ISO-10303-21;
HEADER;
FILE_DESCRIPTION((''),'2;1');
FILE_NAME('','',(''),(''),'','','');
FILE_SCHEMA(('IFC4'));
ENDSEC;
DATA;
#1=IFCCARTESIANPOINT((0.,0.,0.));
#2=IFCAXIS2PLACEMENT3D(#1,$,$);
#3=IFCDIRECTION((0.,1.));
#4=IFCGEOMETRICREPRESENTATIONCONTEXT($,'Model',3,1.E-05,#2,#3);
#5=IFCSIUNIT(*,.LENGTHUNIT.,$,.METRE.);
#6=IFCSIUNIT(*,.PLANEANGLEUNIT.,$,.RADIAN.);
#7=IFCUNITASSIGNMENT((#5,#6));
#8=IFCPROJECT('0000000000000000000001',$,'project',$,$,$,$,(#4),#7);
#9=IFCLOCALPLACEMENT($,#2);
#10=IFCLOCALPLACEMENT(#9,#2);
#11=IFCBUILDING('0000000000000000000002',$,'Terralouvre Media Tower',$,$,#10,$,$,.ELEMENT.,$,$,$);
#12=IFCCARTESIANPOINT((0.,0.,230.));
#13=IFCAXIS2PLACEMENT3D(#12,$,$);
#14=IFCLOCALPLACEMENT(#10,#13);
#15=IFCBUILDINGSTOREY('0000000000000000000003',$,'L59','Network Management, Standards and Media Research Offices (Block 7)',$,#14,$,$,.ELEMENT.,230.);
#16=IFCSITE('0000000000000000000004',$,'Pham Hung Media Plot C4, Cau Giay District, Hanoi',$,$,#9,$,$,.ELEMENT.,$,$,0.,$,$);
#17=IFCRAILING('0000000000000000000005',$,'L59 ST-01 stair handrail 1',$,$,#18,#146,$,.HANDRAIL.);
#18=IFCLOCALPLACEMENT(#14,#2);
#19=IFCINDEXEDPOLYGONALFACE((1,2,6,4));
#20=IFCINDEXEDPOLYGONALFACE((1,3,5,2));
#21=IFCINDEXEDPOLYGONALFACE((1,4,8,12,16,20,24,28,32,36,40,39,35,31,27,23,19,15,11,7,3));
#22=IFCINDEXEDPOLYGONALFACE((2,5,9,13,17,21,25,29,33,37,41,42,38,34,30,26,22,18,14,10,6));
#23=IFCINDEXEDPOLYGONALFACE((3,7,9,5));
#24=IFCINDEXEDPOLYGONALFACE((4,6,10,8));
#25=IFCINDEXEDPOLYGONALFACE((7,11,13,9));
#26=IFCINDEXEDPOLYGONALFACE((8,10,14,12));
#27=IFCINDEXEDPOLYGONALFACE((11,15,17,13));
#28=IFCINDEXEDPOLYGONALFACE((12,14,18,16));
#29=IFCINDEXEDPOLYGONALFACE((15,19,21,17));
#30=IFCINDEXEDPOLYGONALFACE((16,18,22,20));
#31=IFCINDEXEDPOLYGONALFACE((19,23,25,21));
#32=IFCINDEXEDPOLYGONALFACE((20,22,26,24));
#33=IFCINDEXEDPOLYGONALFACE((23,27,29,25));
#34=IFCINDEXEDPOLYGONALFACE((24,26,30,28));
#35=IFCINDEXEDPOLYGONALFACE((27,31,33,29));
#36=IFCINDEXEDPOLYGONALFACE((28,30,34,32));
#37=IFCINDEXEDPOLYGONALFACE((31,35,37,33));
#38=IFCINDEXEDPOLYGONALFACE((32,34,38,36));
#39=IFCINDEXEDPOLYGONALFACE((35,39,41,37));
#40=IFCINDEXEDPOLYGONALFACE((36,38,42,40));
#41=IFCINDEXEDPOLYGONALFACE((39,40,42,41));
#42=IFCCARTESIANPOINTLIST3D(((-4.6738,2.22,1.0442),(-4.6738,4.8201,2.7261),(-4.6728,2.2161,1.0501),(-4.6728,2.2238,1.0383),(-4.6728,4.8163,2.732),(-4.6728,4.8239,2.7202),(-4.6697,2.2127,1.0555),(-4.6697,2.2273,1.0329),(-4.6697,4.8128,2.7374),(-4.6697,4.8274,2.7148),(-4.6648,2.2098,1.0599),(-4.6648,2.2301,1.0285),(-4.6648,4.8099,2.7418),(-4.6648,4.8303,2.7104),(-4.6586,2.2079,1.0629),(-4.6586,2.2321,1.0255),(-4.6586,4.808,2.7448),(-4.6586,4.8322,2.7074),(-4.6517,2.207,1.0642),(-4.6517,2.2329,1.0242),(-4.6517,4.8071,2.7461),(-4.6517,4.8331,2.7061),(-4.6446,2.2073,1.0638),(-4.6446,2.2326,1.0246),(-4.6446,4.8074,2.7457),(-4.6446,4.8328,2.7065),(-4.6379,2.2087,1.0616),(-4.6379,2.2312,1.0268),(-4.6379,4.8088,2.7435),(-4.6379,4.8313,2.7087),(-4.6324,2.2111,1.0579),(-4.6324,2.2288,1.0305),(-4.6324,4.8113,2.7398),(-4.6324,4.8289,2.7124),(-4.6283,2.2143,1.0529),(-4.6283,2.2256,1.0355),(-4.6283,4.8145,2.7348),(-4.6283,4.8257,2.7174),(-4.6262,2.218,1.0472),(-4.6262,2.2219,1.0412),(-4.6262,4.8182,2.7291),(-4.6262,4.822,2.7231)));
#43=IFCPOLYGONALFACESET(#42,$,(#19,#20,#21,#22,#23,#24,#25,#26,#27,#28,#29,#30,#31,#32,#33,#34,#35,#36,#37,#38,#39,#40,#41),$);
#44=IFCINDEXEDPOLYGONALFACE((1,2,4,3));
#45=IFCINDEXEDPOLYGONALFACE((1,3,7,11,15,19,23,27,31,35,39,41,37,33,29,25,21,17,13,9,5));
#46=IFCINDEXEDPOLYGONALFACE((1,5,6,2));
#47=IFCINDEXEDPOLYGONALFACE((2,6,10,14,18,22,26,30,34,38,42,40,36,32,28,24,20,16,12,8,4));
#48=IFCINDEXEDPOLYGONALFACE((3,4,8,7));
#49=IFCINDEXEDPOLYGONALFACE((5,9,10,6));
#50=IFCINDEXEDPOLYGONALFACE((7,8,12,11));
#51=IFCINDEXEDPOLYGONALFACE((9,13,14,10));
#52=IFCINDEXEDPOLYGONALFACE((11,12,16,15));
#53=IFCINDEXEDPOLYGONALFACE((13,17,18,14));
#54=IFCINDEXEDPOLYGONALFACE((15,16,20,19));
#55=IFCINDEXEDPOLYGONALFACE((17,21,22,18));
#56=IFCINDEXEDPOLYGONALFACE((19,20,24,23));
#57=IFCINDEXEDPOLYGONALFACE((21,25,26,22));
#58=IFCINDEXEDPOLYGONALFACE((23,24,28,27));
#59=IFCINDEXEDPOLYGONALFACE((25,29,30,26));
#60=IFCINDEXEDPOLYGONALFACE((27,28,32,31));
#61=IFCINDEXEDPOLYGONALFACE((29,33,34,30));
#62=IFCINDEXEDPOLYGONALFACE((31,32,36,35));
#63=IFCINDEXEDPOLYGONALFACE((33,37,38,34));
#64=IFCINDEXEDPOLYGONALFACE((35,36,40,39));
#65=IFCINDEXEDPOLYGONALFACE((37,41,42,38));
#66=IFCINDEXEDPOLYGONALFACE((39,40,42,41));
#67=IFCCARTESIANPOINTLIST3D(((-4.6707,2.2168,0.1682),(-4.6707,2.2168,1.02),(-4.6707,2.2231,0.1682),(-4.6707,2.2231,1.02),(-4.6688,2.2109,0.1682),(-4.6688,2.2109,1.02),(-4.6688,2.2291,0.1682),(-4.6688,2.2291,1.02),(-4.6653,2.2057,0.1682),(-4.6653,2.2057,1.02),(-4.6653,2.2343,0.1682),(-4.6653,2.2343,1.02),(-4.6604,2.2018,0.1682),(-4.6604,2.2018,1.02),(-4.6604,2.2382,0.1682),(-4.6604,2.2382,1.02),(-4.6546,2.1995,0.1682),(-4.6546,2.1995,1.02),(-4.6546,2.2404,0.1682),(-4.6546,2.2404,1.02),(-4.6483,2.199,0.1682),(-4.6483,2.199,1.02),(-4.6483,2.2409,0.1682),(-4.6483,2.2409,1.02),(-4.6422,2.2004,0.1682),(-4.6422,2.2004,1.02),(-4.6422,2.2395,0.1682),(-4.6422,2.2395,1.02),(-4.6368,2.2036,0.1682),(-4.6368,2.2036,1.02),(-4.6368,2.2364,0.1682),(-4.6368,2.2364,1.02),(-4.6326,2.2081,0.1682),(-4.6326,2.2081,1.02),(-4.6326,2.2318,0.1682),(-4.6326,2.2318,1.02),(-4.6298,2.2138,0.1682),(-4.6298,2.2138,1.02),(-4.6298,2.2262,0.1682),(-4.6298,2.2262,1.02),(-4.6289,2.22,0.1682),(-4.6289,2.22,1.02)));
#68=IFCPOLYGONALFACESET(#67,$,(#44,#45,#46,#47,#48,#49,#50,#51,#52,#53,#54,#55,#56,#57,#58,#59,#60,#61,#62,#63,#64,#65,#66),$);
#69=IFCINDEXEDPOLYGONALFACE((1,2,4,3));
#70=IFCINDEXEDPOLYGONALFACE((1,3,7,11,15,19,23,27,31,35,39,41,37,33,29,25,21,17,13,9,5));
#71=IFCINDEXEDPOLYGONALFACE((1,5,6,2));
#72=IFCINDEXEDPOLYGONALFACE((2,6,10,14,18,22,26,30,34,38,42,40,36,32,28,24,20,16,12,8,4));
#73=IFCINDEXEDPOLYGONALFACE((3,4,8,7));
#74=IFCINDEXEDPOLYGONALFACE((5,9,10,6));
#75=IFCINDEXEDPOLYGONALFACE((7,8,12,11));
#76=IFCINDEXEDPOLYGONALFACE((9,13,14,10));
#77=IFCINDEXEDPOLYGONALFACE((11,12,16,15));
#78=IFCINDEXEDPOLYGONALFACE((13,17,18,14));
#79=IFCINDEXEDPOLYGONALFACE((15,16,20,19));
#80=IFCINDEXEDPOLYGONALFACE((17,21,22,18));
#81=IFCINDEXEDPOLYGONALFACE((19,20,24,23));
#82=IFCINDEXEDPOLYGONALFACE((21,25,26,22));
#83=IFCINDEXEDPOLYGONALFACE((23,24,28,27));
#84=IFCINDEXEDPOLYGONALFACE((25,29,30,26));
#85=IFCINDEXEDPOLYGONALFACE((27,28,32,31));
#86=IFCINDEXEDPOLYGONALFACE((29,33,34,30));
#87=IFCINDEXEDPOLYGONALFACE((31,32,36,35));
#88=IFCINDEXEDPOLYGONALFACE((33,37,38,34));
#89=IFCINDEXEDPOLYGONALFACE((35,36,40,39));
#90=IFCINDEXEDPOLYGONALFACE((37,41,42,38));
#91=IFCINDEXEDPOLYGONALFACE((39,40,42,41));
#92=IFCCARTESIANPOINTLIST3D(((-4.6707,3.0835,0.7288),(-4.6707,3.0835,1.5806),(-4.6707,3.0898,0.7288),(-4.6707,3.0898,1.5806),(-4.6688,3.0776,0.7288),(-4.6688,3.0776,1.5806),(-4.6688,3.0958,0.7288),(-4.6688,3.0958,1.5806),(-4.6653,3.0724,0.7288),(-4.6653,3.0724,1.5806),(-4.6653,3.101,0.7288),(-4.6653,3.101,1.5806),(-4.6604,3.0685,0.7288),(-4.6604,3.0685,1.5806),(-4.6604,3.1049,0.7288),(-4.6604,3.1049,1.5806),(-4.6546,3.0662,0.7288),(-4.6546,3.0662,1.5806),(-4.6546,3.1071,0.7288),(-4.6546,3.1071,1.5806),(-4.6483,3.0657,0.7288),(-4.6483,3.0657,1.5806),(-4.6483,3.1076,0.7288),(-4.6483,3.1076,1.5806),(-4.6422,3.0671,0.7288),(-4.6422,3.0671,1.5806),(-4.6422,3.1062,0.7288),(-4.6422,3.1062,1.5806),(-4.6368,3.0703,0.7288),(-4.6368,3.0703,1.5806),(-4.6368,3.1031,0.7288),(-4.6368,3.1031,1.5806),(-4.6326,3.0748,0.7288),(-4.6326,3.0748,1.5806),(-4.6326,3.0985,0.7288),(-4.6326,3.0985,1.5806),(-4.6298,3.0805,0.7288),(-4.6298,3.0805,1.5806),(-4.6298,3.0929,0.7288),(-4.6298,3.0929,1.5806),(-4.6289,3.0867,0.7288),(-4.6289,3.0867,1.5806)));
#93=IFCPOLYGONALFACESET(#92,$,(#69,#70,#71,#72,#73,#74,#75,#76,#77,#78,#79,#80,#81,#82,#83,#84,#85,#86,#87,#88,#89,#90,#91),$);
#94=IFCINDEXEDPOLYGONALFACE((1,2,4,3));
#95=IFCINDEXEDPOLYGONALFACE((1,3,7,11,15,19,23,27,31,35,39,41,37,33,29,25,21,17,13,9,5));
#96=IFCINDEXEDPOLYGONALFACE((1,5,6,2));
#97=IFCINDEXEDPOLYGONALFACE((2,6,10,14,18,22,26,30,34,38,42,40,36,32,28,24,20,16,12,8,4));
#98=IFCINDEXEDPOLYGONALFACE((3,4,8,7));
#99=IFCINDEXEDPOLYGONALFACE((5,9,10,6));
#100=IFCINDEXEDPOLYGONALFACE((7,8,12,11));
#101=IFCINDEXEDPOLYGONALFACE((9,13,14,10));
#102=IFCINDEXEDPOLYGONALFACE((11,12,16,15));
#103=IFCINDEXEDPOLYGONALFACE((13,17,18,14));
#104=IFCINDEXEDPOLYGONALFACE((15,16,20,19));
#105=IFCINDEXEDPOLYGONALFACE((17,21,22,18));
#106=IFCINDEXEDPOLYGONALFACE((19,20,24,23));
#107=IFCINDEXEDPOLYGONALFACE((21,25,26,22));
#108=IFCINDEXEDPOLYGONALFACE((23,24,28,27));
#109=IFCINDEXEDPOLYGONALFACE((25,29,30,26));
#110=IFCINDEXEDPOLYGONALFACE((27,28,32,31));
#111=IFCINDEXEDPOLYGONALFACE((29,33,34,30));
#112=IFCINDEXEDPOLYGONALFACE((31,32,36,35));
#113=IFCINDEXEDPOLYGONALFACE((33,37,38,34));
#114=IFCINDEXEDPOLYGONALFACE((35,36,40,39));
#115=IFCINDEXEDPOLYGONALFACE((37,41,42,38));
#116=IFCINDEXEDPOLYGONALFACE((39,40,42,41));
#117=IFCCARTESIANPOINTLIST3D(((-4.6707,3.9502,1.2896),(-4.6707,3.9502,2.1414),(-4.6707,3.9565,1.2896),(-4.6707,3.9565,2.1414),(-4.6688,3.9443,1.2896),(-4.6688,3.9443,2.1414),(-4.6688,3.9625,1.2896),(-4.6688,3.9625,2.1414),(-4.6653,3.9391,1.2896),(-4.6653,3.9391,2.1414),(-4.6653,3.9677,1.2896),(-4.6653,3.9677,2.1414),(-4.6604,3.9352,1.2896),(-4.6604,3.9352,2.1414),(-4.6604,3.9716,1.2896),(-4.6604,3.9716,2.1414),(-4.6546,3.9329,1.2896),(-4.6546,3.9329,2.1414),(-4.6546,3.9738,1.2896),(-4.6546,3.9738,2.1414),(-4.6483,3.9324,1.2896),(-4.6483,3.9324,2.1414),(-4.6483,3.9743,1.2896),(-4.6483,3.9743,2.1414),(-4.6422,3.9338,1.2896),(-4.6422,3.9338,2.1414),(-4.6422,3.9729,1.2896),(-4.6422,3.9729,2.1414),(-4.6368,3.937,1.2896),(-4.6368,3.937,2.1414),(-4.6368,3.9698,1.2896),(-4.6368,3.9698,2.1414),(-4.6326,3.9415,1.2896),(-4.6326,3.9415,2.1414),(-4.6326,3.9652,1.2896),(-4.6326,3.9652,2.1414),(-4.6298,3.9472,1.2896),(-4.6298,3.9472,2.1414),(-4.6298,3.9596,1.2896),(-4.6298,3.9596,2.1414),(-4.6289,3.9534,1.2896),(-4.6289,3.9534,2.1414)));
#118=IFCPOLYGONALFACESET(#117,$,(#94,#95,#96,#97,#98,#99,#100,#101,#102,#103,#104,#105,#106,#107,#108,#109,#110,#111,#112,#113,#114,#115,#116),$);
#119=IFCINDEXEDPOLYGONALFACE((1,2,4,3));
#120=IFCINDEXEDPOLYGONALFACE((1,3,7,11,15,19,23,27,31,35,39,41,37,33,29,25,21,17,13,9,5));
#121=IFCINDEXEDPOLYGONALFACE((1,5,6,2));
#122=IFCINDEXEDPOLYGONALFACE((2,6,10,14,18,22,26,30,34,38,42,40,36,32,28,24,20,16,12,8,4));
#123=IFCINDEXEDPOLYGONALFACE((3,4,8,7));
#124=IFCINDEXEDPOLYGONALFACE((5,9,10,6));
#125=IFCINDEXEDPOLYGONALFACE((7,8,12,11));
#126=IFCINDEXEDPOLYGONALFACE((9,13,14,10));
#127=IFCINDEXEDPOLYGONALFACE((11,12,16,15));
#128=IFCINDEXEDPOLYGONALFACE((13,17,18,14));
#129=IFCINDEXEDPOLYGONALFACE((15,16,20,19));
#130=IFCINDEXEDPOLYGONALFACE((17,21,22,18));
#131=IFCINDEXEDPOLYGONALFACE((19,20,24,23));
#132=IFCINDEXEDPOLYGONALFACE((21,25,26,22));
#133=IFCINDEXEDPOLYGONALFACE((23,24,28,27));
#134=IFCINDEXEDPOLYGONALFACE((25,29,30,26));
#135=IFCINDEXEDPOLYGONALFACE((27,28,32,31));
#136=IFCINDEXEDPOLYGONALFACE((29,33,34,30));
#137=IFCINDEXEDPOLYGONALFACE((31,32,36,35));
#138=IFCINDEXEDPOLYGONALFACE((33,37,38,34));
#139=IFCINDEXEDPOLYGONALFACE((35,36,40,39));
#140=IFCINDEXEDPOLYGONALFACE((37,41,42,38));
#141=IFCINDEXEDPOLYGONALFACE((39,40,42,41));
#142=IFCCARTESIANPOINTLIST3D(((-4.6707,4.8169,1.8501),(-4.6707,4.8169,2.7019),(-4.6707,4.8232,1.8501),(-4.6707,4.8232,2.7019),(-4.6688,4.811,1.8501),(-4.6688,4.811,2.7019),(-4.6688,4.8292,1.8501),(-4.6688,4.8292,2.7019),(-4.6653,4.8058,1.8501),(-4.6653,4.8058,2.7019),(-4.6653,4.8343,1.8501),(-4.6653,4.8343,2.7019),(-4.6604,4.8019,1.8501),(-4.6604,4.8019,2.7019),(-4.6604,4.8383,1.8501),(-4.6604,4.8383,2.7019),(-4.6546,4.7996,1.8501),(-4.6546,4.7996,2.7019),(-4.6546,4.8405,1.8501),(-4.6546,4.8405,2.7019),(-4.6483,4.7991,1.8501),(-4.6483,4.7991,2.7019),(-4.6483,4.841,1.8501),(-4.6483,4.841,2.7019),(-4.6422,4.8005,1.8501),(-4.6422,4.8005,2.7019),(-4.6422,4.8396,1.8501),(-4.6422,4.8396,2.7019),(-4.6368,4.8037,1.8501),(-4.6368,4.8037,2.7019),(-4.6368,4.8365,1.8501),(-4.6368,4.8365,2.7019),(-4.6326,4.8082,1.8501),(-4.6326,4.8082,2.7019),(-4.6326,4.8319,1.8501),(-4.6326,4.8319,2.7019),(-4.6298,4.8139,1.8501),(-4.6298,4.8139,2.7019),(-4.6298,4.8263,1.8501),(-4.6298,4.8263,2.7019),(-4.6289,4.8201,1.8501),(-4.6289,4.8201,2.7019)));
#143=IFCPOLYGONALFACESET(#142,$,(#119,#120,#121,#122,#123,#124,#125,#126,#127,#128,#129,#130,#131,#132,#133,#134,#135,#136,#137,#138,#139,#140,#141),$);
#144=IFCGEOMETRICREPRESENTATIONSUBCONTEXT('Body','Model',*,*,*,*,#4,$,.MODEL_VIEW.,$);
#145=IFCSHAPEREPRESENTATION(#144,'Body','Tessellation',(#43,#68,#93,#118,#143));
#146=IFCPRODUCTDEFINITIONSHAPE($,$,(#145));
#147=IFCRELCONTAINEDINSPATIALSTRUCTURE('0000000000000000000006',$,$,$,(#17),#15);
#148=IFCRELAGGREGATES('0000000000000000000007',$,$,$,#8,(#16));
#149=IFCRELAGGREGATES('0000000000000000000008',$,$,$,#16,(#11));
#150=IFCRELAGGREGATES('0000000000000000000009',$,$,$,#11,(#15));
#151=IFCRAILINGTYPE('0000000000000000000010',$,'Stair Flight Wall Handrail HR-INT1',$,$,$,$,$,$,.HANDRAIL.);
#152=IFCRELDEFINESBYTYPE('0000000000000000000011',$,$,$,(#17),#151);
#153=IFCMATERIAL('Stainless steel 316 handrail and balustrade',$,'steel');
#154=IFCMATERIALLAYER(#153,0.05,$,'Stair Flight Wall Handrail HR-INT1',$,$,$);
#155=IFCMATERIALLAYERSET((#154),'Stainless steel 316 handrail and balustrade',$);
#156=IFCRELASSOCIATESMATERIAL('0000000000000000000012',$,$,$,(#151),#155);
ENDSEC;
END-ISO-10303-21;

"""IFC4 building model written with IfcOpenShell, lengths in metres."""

from ifc_helpers import new_model, si_unit, direction, frame, origin, origin_2d, place, context, subcontext, project, spatial, circle, extrude, material, layer, layer_set, type_object, element, save


model = new_model("IFC4")

# Units and contexts
model_context = context("Model", 3, precision=1e-05, world=origin(), true_north=direction((0.0, 1.0)))
body_context = subcontext(model_context, "Body", "Model", "MODEL_VIEW")
ifc_project = project(units=[si_unit("LENGTHUNIT", "METRE"), si_unit("PLANEANGLEUNIT", "RADIAN")], contexts=[model_context])

# Site, building, storey
site_placement = place(None, origin())
site = spatial("IfcSite", under=ifc_project, at=site_placement, Name="Pham Hung Media Plot C4, Cau Giay District, Hanoi", CompositionType="ELEMENT", RefElevation=0.0)
building_placement = place(site_placement, origin())
building = spatial("IfcBuilding", under=site, at=building_placement, Name="Terralouvre Media Tower", CompositionType="ELEMENT")
storey_placement = place(building_placement, frame((0.0, 0.0, 230.0)))
storey = spatial("IfcBuildingStorey", under=building, at=storey_placement, Name="L59", Description="Network Management, Standards and Media Research Offices (Block 7)", CompositionType="ELEMENT", Elevation=230.0)

# Railing
ifc_material_1 = material(Name="Stainless steel 316 handrail and balustrade", Category="steel")
ifc_layer_1 = layer(ifc_material_1, 0.05, Name="Stair Flight Wall Handrail HR-INT1")
ifc_layer_set_1 = layer_set([ifc_layer_1], Name="Stainless steel 316 handrail and balustrade")
railing_type_1 = type_object("IfcRailingType", Name="Stair Flight Wall Handrail HR-INT1", PredefinedType="HANDRAIL", material=ifc_layer_set_1)
railing_1_placement = place(storey_placement, frame((-4.6499, 2.22, 0.1682)))
element("IfcRailing", 1, at=railing_1_placement, inside=storey, type_object=railing_type_1, Name="L59 ST-01 stair handrail 1", PredefinedType="HANDRAIL", context=body_context, shape_type="SweptSolid", body=[
    extrude(circle(Radius=0.0239, at=origin_2d()), frame((0.0, 0.0, 0.876), z_axis=(0.0, 0.839648, 0.54313), x_axis=(-1.0, 0.0, 0.0)), (0.0, 0.0, 1.0), 3.0967),
    extrude(circle(Radius=0.021, at=origin_2d()), origin(), (0.0, 0.0, 1.0), 0.8518),
    extrude(circle(Radius=0.021, at=origin_2d()), frame((0.0, 0.8667, 0.5605)), (0.0, 0.0, 1.0), 0.8518),
    extrude(circle(Radius=0.021, at=origin_2d()), frame((0.0, 1.7334, 1.1213)), (0.0, 0.0, 1.0), 0.8518),
    extrude(circle(Radius=0.021, at=origin_2d()), frame((0.0, 2.6001, 1.6819)), (0.0, 0.0, 1.0), 0.8518),
])

save(model, "model.ifc")
